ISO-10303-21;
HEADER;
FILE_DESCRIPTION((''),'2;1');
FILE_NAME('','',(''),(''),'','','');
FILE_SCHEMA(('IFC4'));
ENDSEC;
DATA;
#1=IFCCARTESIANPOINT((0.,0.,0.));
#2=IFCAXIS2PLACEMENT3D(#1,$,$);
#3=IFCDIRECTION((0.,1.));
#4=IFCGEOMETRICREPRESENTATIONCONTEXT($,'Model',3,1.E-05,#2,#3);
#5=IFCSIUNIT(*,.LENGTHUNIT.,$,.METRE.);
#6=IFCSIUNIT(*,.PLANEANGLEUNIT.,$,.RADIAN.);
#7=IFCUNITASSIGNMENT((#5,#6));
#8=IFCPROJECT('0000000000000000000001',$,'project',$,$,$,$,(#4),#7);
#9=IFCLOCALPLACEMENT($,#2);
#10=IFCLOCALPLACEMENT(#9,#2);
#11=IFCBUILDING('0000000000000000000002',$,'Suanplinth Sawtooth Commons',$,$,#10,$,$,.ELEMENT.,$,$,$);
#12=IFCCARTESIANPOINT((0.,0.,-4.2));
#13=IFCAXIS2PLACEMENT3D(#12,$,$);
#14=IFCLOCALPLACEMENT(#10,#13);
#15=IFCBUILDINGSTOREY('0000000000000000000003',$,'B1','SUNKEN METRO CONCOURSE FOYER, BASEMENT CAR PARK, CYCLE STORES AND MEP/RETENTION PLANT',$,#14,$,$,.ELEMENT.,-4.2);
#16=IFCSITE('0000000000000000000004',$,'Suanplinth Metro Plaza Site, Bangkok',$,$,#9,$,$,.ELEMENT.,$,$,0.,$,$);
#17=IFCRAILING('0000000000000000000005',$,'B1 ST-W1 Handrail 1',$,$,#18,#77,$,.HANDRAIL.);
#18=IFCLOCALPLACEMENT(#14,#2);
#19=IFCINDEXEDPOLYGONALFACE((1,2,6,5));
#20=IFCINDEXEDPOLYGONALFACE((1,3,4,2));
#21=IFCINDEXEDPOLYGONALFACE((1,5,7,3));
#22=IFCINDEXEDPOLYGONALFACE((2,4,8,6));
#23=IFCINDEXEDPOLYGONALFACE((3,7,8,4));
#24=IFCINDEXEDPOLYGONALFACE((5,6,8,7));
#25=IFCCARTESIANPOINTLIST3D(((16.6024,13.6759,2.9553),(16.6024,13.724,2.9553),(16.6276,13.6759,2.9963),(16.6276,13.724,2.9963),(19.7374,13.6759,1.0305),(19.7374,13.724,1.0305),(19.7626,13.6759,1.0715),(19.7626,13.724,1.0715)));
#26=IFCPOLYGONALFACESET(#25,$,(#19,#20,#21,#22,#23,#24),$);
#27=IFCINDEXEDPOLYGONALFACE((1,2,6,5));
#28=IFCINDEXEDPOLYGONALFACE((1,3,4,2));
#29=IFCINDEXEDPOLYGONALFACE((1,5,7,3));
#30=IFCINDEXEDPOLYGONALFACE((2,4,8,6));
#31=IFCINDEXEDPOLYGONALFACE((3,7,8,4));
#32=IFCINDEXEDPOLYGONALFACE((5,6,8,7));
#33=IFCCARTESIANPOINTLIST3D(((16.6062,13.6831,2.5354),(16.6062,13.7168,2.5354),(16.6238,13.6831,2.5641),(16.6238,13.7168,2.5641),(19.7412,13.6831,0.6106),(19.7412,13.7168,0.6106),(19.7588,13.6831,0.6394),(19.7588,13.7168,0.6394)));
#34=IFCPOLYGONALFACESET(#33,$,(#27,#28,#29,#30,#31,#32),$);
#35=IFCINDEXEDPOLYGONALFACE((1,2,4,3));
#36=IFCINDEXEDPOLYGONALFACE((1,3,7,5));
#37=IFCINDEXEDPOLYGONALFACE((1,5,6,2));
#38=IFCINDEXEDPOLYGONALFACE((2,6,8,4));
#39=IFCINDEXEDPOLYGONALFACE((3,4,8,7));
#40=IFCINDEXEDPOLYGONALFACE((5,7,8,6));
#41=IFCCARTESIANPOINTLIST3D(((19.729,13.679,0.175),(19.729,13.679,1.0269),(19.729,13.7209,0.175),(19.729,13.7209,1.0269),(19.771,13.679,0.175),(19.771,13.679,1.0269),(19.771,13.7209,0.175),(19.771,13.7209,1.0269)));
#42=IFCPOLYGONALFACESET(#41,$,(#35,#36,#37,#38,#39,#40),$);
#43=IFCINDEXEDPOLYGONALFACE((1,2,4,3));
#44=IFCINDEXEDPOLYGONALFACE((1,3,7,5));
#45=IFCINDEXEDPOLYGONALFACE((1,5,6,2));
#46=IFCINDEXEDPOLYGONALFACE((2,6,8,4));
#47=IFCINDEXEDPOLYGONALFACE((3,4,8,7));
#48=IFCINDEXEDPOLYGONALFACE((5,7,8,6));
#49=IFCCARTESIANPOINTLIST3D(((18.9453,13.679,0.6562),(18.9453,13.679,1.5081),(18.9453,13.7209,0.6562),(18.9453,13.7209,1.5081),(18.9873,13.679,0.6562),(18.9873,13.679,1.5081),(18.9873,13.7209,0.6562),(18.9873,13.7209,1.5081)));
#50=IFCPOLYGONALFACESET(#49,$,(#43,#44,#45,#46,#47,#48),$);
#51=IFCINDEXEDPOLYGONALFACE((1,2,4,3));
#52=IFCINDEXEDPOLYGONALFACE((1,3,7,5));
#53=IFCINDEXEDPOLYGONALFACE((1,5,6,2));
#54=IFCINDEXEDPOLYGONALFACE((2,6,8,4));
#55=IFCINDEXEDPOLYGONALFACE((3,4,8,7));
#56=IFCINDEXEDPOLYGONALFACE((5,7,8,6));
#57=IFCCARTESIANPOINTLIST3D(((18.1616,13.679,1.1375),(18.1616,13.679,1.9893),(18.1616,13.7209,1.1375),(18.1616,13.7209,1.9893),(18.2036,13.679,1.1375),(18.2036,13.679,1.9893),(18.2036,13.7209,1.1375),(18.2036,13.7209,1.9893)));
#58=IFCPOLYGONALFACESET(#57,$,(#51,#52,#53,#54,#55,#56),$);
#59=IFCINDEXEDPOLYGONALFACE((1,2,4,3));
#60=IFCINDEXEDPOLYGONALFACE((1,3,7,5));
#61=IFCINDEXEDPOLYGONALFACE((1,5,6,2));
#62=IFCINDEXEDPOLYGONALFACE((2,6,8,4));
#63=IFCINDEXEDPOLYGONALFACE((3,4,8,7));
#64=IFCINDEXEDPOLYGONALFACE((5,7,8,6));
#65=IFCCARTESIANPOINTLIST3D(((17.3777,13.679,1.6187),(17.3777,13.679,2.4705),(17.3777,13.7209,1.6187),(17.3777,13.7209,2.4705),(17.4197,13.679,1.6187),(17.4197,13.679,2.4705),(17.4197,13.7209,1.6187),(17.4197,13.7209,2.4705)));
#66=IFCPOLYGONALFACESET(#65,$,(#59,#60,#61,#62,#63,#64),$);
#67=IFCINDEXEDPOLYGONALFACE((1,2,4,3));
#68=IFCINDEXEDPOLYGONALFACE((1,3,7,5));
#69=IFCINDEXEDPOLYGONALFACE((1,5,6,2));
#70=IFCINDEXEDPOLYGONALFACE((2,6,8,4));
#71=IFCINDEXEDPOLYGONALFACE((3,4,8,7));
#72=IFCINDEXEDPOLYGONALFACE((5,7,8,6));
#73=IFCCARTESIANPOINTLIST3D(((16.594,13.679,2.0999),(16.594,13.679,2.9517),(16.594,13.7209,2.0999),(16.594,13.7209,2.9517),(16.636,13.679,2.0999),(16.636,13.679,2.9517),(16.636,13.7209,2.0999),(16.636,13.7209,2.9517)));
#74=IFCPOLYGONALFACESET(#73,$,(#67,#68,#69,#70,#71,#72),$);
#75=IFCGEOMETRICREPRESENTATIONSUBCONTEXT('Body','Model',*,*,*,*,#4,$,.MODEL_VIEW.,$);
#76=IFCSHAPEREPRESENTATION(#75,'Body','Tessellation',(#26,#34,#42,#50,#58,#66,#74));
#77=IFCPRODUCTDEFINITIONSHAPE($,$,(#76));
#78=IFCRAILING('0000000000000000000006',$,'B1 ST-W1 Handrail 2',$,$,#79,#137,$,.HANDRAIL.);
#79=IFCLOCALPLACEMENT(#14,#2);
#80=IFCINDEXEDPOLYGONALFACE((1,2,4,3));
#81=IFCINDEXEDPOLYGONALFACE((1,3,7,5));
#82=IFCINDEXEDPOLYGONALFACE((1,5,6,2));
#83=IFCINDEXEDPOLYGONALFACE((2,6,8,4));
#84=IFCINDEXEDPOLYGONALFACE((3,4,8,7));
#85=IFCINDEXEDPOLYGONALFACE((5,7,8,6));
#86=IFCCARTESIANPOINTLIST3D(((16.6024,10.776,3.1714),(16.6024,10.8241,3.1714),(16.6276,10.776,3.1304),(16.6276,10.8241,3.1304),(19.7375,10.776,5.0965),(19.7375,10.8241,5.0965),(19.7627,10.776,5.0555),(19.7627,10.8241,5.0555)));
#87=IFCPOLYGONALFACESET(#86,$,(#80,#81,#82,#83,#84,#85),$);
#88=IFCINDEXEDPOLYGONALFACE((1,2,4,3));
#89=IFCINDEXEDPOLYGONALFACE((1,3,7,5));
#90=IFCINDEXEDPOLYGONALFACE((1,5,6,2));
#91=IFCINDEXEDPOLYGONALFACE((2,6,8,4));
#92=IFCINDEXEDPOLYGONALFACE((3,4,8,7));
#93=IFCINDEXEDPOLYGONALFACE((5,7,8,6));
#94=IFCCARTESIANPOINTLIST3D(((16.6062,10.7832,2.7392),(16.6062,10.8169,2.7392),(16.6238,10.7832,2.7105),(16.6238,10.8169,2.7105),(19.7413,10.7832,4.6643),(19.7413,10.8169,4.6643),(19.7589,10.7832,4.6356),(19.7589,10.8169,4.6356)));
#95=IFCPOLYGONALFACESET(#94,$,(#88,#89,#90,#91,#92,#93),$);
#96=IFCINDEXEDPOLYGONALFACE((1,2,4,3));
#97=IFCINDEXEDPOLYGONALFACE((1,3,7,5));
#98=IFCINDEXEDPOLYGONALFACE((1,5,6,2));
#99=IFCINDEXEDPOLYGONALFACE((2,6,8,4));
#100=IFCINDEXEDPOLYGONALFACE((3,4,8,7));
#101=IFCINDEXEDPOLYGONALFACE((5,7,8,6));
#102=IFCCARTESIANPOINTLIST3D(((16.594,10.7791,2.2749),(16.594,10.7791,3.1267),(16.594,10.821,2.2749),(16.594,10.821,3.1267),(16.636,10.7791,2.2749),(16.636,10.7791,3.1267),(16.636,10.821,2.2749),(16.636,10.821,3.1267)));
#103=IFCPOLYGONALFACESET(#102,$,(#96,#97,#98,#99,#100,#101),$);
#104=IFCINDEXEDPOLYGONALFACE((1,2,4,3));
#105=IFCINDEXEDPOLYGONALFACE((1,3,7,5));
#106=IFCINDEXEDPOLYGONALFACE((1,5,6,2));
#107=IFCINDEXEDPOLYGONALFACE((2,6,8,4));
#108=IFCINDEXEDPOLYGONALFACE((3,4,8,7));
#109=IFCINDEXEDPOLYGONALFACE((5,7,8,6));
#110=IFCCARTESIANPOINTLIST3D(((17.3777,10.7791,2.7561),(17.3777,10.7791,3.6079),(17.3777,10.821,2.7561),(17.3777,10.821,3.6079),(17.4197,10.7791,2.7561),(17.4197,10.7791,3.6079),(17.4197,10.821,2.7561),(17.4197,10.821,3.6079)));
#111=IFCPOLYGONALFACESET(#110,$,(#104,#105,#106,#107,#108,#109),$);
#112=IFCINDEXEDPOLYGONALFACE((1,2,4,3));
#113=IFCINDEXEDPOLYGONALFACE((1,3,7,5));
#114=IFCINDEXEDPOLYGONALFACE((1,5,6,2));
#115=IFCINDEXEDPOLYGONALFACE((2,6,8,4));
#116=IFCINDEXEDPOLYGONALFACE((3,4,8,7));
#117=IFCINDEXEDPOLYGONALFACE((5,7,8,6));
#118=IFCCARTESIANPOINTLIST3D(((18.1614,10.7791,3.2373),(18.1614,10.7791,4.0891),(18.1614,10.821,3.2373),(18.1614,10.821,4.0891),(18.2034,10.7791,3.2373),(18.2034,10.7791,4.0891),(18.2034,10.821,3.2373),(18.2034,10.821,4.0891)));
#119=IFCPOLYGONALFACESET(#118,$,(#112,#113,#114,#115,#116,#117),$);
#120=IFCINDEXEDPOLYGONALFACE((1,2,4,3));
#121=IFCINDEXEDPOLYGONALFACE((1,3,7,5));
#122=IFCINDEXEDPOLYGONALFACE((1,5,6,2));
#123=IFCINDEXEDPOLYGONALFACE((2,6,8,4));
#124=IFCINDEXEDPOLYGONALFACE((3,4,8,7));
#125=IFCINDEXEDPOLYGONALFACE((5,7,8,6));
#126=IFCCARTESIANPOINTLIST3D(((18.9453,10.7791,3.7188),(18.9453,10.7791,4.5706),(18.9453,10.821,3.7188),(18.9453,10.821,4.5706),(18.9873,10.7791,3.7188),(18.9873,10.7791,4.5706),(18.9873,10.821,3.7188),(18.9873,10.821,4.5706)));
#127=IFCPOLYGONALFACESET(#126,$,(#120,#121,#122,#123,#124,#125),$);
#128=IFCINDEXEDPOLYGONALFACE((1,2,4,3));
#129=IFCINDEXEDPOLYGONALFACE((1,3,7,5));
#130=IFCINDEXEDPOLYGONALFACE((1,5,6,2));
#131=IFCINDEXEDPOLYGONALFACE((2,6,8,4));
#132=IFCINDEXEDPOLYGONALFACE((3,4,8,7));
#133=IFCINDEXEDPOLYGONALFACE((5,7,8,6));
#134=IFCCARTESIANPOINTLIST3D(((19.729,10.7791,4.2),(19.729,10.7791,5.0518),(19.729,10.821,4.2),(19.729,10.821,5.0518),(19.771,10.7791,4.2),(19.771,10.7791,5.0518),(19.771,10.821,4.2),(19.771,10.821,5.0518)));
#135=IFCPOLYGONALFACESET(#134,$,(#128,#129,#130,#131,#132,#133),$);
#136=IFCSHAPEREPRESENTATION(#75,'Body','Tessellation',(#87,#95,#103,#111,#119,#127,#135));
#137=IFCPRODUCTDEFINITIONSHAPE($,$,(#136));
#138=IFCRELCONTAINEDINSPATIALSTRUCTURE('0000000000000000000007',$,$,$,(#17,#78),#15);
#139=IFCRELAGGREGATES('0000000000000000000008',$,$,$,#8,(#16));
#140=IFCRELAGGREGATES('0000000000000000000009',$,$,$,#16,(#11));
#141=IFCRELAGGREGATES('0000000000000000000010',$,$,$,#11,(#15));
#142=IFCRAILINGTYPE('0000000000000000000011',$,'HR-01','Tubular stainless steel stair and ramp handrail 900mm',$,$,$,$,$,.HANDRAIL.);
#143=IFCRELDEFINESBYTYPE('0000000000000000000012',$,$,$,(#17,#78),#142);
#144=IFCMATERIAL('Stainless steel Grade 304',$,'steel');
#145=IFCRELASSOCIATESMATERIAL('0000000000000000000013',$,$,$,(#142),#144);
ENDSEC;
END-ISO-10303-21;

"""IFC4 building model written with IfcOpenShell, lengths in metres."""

from ifc_helpers import new_model, si_unit, direction, frame, origin, origin_2d, place, context, subcontext, project, spatial, rectangle, extrude, material, type_object, element, save


model = new_model("IFC4")

# Units and contexts
model_context = context("Model", 3, precision=1e-05, world=origin(), true_north=direction((0.0, 1.0)))
body_context = subcontext(model_context, "Body", "Model", "MODEL_VIEW")
ifc_project = project(units=[si_unit("LENGTHUNIT", "METRE"), si_unit("PLANEANGLEUNIT", "RADIAN")], contexts=[model_context])

# Site, building, storey
site_placement = place(None, origin())
site = spatial("IfcSite", under=ifc_project, at=site_placement, Name="Suanplinth Metro Plaza Site, Bangkok", CompositionType="ELEMENT", RefElevation=0.0)
building_placement = place(site_placement, origin())
building = spatial("IfcBuilding", under=site, at=building_placement, Name="Suanplinth Sawtooth Commons", CompositionType="ELEMENT")
storey_placement = place(building_placement, frame((0.0, 0.0, -4.2)))
storey = spatial("IfcBuildingStorey", under=building, at=storey_placement, Name="B1", Description="SUNKEN METRO CONCOURSE FOYER, BASEMENT CAR PARK, CYCLE STORES AND MEP/RETENTION PLANT", CompositionType="ELEMENT", Elevation=-4.2)

# Railings
ifc_material_1 = material(Name="Stainless steel Grade 304", Category="steel")
railing_type_1 = type_object("IfcRailingType", Name="HR-01", Description="Tubular stainless steel stair and ramp handrail 900mm", PredefinedType="HANDRAIL", material=ifc_material_1)
railing_1_placement = place(storey_placement, frame((19.75, 13.7, 0.175)))
element("IfcRailing", 1, at=railing_1_placement, inside=storey, type_object=railing_type_1, Name="B1 ST-W1 Handrail 1", PredefinedType="HANDRAIL", context=body_context, shape_type="SweptSolid", body=[
    extrude(rectangle(XDim=0.0481, YDim=0.0481, at=origin_2d()), frame((0.0, 0.0, 0.876), z_axis=(-0.852196, 0.0, 0.523223), x_axis=(0.0, -1.0, 0.0)), (0.0, 0.0, 1.0), 3.6787),
    extrude(rectangle(XDim=0.0337, YDim=0.0337, at=origin_2d()), frame((0.0, 0.0, 0.45), z_axis=(-0.852196, 0.0, 0.523223), x_axis=(0.0, -1.0, 0.0)), (0.0, 0.0, 1.0), 3.6787),
    extrude(rectangle(XDim=0.042, YDim=0.042, at=origin_2d()), origin(), (0.0, 0.0, 1.0), 0.8518),
    extrude(rectangle(XDim=0.042, YDim=0.042, at=origin_2d()), frame((-0.7837, 0.0, 0.4812)), (0.0, 0.0, 1.0), 0.8518),
    extrude(rectangle(XDim=0.042, YDim=0.042, at=origin_2d()), frame((-1.5674, 0.0, 0.9624)), (0.0, 0.0, 1.0), 0.8518),
    extrude(rectangle(XDim=0.042, YDim=0.042, at=origin_2d()), frame((-2.3513, 0.0, 1.4436)), (0.0, 0.0, 1.0), 0.8518),
    extrude(rectangle(XDim=0.042, YDim=0.042, at=origin_2d()), frame((-3.135, 0.0, 1.9248)), (0.0, 0.0, 1.0), 0.8518),
])
railing_2_placement = place(storey_placement, frame((16.615, 10.8, 2.2749)))
element("IfcRailing", 2, at=railing_2_placement, inside=storey, type_object=railing_type_1, Name="B1 ST-W1 Handrail 2", PredefinedType="HANDRAIL", context=body_context, shape_type="SweptSolid", body=[
    extrude(rectangle(XDim=0.0481, YDim=0.0481, at=origin_2d()), frame((0.0, 0.0, 0.876), z_axis=(0.852166, 0.0, 0.523271), x_axis=(0.0, 1.0, 0.0)), (0.0, 0.0, 1.0), 3.679),
    extrude(rectangle(XDim=0.0337, YDim=0.0337, at=origin_2d()), frame((0.0, 0.0, 0.45), z_axis=(0.852166, 0.0, 0.523271), x_axis=(0.0, 1.0, 0.0)), (0.0, 0.0, 1.0), 3.679),
    extrude(rectangle(XDim=0.042, YDim=0.042, at=origin_2d()), origin(), (0.0, 0.0, 1.0), 0.8518),
    extrude(rectangle(XDim=0.042, YDim=0.042, at=origin_2d()), frame((0.7837, 0.0, 0.4812)), (0.0, 0.0, 1.0), 0.8518),
    extrude(rectangle(XDim=0.042, YDim=0.042, at=origin_2d()), frame((1.5674, 0.0, 0.9624)), (0.0, 0.0, 1.0), 0.8518),
    extrude(rectangle(XDim=0.042, YDim=0.042, at=origin_2d()), frame((2.3513, 0.0, 1.4438)), (0.0, 0.0, 1.0), 0.8518),
    extrude(rectangle(XDim=0.042, YDim=0.042, at=origin_2d()), frame((3.135, 0.0, 1.925)), (0.0, 0.0, 1.0), 0.8518),
])

save(model, "model.ifc")
